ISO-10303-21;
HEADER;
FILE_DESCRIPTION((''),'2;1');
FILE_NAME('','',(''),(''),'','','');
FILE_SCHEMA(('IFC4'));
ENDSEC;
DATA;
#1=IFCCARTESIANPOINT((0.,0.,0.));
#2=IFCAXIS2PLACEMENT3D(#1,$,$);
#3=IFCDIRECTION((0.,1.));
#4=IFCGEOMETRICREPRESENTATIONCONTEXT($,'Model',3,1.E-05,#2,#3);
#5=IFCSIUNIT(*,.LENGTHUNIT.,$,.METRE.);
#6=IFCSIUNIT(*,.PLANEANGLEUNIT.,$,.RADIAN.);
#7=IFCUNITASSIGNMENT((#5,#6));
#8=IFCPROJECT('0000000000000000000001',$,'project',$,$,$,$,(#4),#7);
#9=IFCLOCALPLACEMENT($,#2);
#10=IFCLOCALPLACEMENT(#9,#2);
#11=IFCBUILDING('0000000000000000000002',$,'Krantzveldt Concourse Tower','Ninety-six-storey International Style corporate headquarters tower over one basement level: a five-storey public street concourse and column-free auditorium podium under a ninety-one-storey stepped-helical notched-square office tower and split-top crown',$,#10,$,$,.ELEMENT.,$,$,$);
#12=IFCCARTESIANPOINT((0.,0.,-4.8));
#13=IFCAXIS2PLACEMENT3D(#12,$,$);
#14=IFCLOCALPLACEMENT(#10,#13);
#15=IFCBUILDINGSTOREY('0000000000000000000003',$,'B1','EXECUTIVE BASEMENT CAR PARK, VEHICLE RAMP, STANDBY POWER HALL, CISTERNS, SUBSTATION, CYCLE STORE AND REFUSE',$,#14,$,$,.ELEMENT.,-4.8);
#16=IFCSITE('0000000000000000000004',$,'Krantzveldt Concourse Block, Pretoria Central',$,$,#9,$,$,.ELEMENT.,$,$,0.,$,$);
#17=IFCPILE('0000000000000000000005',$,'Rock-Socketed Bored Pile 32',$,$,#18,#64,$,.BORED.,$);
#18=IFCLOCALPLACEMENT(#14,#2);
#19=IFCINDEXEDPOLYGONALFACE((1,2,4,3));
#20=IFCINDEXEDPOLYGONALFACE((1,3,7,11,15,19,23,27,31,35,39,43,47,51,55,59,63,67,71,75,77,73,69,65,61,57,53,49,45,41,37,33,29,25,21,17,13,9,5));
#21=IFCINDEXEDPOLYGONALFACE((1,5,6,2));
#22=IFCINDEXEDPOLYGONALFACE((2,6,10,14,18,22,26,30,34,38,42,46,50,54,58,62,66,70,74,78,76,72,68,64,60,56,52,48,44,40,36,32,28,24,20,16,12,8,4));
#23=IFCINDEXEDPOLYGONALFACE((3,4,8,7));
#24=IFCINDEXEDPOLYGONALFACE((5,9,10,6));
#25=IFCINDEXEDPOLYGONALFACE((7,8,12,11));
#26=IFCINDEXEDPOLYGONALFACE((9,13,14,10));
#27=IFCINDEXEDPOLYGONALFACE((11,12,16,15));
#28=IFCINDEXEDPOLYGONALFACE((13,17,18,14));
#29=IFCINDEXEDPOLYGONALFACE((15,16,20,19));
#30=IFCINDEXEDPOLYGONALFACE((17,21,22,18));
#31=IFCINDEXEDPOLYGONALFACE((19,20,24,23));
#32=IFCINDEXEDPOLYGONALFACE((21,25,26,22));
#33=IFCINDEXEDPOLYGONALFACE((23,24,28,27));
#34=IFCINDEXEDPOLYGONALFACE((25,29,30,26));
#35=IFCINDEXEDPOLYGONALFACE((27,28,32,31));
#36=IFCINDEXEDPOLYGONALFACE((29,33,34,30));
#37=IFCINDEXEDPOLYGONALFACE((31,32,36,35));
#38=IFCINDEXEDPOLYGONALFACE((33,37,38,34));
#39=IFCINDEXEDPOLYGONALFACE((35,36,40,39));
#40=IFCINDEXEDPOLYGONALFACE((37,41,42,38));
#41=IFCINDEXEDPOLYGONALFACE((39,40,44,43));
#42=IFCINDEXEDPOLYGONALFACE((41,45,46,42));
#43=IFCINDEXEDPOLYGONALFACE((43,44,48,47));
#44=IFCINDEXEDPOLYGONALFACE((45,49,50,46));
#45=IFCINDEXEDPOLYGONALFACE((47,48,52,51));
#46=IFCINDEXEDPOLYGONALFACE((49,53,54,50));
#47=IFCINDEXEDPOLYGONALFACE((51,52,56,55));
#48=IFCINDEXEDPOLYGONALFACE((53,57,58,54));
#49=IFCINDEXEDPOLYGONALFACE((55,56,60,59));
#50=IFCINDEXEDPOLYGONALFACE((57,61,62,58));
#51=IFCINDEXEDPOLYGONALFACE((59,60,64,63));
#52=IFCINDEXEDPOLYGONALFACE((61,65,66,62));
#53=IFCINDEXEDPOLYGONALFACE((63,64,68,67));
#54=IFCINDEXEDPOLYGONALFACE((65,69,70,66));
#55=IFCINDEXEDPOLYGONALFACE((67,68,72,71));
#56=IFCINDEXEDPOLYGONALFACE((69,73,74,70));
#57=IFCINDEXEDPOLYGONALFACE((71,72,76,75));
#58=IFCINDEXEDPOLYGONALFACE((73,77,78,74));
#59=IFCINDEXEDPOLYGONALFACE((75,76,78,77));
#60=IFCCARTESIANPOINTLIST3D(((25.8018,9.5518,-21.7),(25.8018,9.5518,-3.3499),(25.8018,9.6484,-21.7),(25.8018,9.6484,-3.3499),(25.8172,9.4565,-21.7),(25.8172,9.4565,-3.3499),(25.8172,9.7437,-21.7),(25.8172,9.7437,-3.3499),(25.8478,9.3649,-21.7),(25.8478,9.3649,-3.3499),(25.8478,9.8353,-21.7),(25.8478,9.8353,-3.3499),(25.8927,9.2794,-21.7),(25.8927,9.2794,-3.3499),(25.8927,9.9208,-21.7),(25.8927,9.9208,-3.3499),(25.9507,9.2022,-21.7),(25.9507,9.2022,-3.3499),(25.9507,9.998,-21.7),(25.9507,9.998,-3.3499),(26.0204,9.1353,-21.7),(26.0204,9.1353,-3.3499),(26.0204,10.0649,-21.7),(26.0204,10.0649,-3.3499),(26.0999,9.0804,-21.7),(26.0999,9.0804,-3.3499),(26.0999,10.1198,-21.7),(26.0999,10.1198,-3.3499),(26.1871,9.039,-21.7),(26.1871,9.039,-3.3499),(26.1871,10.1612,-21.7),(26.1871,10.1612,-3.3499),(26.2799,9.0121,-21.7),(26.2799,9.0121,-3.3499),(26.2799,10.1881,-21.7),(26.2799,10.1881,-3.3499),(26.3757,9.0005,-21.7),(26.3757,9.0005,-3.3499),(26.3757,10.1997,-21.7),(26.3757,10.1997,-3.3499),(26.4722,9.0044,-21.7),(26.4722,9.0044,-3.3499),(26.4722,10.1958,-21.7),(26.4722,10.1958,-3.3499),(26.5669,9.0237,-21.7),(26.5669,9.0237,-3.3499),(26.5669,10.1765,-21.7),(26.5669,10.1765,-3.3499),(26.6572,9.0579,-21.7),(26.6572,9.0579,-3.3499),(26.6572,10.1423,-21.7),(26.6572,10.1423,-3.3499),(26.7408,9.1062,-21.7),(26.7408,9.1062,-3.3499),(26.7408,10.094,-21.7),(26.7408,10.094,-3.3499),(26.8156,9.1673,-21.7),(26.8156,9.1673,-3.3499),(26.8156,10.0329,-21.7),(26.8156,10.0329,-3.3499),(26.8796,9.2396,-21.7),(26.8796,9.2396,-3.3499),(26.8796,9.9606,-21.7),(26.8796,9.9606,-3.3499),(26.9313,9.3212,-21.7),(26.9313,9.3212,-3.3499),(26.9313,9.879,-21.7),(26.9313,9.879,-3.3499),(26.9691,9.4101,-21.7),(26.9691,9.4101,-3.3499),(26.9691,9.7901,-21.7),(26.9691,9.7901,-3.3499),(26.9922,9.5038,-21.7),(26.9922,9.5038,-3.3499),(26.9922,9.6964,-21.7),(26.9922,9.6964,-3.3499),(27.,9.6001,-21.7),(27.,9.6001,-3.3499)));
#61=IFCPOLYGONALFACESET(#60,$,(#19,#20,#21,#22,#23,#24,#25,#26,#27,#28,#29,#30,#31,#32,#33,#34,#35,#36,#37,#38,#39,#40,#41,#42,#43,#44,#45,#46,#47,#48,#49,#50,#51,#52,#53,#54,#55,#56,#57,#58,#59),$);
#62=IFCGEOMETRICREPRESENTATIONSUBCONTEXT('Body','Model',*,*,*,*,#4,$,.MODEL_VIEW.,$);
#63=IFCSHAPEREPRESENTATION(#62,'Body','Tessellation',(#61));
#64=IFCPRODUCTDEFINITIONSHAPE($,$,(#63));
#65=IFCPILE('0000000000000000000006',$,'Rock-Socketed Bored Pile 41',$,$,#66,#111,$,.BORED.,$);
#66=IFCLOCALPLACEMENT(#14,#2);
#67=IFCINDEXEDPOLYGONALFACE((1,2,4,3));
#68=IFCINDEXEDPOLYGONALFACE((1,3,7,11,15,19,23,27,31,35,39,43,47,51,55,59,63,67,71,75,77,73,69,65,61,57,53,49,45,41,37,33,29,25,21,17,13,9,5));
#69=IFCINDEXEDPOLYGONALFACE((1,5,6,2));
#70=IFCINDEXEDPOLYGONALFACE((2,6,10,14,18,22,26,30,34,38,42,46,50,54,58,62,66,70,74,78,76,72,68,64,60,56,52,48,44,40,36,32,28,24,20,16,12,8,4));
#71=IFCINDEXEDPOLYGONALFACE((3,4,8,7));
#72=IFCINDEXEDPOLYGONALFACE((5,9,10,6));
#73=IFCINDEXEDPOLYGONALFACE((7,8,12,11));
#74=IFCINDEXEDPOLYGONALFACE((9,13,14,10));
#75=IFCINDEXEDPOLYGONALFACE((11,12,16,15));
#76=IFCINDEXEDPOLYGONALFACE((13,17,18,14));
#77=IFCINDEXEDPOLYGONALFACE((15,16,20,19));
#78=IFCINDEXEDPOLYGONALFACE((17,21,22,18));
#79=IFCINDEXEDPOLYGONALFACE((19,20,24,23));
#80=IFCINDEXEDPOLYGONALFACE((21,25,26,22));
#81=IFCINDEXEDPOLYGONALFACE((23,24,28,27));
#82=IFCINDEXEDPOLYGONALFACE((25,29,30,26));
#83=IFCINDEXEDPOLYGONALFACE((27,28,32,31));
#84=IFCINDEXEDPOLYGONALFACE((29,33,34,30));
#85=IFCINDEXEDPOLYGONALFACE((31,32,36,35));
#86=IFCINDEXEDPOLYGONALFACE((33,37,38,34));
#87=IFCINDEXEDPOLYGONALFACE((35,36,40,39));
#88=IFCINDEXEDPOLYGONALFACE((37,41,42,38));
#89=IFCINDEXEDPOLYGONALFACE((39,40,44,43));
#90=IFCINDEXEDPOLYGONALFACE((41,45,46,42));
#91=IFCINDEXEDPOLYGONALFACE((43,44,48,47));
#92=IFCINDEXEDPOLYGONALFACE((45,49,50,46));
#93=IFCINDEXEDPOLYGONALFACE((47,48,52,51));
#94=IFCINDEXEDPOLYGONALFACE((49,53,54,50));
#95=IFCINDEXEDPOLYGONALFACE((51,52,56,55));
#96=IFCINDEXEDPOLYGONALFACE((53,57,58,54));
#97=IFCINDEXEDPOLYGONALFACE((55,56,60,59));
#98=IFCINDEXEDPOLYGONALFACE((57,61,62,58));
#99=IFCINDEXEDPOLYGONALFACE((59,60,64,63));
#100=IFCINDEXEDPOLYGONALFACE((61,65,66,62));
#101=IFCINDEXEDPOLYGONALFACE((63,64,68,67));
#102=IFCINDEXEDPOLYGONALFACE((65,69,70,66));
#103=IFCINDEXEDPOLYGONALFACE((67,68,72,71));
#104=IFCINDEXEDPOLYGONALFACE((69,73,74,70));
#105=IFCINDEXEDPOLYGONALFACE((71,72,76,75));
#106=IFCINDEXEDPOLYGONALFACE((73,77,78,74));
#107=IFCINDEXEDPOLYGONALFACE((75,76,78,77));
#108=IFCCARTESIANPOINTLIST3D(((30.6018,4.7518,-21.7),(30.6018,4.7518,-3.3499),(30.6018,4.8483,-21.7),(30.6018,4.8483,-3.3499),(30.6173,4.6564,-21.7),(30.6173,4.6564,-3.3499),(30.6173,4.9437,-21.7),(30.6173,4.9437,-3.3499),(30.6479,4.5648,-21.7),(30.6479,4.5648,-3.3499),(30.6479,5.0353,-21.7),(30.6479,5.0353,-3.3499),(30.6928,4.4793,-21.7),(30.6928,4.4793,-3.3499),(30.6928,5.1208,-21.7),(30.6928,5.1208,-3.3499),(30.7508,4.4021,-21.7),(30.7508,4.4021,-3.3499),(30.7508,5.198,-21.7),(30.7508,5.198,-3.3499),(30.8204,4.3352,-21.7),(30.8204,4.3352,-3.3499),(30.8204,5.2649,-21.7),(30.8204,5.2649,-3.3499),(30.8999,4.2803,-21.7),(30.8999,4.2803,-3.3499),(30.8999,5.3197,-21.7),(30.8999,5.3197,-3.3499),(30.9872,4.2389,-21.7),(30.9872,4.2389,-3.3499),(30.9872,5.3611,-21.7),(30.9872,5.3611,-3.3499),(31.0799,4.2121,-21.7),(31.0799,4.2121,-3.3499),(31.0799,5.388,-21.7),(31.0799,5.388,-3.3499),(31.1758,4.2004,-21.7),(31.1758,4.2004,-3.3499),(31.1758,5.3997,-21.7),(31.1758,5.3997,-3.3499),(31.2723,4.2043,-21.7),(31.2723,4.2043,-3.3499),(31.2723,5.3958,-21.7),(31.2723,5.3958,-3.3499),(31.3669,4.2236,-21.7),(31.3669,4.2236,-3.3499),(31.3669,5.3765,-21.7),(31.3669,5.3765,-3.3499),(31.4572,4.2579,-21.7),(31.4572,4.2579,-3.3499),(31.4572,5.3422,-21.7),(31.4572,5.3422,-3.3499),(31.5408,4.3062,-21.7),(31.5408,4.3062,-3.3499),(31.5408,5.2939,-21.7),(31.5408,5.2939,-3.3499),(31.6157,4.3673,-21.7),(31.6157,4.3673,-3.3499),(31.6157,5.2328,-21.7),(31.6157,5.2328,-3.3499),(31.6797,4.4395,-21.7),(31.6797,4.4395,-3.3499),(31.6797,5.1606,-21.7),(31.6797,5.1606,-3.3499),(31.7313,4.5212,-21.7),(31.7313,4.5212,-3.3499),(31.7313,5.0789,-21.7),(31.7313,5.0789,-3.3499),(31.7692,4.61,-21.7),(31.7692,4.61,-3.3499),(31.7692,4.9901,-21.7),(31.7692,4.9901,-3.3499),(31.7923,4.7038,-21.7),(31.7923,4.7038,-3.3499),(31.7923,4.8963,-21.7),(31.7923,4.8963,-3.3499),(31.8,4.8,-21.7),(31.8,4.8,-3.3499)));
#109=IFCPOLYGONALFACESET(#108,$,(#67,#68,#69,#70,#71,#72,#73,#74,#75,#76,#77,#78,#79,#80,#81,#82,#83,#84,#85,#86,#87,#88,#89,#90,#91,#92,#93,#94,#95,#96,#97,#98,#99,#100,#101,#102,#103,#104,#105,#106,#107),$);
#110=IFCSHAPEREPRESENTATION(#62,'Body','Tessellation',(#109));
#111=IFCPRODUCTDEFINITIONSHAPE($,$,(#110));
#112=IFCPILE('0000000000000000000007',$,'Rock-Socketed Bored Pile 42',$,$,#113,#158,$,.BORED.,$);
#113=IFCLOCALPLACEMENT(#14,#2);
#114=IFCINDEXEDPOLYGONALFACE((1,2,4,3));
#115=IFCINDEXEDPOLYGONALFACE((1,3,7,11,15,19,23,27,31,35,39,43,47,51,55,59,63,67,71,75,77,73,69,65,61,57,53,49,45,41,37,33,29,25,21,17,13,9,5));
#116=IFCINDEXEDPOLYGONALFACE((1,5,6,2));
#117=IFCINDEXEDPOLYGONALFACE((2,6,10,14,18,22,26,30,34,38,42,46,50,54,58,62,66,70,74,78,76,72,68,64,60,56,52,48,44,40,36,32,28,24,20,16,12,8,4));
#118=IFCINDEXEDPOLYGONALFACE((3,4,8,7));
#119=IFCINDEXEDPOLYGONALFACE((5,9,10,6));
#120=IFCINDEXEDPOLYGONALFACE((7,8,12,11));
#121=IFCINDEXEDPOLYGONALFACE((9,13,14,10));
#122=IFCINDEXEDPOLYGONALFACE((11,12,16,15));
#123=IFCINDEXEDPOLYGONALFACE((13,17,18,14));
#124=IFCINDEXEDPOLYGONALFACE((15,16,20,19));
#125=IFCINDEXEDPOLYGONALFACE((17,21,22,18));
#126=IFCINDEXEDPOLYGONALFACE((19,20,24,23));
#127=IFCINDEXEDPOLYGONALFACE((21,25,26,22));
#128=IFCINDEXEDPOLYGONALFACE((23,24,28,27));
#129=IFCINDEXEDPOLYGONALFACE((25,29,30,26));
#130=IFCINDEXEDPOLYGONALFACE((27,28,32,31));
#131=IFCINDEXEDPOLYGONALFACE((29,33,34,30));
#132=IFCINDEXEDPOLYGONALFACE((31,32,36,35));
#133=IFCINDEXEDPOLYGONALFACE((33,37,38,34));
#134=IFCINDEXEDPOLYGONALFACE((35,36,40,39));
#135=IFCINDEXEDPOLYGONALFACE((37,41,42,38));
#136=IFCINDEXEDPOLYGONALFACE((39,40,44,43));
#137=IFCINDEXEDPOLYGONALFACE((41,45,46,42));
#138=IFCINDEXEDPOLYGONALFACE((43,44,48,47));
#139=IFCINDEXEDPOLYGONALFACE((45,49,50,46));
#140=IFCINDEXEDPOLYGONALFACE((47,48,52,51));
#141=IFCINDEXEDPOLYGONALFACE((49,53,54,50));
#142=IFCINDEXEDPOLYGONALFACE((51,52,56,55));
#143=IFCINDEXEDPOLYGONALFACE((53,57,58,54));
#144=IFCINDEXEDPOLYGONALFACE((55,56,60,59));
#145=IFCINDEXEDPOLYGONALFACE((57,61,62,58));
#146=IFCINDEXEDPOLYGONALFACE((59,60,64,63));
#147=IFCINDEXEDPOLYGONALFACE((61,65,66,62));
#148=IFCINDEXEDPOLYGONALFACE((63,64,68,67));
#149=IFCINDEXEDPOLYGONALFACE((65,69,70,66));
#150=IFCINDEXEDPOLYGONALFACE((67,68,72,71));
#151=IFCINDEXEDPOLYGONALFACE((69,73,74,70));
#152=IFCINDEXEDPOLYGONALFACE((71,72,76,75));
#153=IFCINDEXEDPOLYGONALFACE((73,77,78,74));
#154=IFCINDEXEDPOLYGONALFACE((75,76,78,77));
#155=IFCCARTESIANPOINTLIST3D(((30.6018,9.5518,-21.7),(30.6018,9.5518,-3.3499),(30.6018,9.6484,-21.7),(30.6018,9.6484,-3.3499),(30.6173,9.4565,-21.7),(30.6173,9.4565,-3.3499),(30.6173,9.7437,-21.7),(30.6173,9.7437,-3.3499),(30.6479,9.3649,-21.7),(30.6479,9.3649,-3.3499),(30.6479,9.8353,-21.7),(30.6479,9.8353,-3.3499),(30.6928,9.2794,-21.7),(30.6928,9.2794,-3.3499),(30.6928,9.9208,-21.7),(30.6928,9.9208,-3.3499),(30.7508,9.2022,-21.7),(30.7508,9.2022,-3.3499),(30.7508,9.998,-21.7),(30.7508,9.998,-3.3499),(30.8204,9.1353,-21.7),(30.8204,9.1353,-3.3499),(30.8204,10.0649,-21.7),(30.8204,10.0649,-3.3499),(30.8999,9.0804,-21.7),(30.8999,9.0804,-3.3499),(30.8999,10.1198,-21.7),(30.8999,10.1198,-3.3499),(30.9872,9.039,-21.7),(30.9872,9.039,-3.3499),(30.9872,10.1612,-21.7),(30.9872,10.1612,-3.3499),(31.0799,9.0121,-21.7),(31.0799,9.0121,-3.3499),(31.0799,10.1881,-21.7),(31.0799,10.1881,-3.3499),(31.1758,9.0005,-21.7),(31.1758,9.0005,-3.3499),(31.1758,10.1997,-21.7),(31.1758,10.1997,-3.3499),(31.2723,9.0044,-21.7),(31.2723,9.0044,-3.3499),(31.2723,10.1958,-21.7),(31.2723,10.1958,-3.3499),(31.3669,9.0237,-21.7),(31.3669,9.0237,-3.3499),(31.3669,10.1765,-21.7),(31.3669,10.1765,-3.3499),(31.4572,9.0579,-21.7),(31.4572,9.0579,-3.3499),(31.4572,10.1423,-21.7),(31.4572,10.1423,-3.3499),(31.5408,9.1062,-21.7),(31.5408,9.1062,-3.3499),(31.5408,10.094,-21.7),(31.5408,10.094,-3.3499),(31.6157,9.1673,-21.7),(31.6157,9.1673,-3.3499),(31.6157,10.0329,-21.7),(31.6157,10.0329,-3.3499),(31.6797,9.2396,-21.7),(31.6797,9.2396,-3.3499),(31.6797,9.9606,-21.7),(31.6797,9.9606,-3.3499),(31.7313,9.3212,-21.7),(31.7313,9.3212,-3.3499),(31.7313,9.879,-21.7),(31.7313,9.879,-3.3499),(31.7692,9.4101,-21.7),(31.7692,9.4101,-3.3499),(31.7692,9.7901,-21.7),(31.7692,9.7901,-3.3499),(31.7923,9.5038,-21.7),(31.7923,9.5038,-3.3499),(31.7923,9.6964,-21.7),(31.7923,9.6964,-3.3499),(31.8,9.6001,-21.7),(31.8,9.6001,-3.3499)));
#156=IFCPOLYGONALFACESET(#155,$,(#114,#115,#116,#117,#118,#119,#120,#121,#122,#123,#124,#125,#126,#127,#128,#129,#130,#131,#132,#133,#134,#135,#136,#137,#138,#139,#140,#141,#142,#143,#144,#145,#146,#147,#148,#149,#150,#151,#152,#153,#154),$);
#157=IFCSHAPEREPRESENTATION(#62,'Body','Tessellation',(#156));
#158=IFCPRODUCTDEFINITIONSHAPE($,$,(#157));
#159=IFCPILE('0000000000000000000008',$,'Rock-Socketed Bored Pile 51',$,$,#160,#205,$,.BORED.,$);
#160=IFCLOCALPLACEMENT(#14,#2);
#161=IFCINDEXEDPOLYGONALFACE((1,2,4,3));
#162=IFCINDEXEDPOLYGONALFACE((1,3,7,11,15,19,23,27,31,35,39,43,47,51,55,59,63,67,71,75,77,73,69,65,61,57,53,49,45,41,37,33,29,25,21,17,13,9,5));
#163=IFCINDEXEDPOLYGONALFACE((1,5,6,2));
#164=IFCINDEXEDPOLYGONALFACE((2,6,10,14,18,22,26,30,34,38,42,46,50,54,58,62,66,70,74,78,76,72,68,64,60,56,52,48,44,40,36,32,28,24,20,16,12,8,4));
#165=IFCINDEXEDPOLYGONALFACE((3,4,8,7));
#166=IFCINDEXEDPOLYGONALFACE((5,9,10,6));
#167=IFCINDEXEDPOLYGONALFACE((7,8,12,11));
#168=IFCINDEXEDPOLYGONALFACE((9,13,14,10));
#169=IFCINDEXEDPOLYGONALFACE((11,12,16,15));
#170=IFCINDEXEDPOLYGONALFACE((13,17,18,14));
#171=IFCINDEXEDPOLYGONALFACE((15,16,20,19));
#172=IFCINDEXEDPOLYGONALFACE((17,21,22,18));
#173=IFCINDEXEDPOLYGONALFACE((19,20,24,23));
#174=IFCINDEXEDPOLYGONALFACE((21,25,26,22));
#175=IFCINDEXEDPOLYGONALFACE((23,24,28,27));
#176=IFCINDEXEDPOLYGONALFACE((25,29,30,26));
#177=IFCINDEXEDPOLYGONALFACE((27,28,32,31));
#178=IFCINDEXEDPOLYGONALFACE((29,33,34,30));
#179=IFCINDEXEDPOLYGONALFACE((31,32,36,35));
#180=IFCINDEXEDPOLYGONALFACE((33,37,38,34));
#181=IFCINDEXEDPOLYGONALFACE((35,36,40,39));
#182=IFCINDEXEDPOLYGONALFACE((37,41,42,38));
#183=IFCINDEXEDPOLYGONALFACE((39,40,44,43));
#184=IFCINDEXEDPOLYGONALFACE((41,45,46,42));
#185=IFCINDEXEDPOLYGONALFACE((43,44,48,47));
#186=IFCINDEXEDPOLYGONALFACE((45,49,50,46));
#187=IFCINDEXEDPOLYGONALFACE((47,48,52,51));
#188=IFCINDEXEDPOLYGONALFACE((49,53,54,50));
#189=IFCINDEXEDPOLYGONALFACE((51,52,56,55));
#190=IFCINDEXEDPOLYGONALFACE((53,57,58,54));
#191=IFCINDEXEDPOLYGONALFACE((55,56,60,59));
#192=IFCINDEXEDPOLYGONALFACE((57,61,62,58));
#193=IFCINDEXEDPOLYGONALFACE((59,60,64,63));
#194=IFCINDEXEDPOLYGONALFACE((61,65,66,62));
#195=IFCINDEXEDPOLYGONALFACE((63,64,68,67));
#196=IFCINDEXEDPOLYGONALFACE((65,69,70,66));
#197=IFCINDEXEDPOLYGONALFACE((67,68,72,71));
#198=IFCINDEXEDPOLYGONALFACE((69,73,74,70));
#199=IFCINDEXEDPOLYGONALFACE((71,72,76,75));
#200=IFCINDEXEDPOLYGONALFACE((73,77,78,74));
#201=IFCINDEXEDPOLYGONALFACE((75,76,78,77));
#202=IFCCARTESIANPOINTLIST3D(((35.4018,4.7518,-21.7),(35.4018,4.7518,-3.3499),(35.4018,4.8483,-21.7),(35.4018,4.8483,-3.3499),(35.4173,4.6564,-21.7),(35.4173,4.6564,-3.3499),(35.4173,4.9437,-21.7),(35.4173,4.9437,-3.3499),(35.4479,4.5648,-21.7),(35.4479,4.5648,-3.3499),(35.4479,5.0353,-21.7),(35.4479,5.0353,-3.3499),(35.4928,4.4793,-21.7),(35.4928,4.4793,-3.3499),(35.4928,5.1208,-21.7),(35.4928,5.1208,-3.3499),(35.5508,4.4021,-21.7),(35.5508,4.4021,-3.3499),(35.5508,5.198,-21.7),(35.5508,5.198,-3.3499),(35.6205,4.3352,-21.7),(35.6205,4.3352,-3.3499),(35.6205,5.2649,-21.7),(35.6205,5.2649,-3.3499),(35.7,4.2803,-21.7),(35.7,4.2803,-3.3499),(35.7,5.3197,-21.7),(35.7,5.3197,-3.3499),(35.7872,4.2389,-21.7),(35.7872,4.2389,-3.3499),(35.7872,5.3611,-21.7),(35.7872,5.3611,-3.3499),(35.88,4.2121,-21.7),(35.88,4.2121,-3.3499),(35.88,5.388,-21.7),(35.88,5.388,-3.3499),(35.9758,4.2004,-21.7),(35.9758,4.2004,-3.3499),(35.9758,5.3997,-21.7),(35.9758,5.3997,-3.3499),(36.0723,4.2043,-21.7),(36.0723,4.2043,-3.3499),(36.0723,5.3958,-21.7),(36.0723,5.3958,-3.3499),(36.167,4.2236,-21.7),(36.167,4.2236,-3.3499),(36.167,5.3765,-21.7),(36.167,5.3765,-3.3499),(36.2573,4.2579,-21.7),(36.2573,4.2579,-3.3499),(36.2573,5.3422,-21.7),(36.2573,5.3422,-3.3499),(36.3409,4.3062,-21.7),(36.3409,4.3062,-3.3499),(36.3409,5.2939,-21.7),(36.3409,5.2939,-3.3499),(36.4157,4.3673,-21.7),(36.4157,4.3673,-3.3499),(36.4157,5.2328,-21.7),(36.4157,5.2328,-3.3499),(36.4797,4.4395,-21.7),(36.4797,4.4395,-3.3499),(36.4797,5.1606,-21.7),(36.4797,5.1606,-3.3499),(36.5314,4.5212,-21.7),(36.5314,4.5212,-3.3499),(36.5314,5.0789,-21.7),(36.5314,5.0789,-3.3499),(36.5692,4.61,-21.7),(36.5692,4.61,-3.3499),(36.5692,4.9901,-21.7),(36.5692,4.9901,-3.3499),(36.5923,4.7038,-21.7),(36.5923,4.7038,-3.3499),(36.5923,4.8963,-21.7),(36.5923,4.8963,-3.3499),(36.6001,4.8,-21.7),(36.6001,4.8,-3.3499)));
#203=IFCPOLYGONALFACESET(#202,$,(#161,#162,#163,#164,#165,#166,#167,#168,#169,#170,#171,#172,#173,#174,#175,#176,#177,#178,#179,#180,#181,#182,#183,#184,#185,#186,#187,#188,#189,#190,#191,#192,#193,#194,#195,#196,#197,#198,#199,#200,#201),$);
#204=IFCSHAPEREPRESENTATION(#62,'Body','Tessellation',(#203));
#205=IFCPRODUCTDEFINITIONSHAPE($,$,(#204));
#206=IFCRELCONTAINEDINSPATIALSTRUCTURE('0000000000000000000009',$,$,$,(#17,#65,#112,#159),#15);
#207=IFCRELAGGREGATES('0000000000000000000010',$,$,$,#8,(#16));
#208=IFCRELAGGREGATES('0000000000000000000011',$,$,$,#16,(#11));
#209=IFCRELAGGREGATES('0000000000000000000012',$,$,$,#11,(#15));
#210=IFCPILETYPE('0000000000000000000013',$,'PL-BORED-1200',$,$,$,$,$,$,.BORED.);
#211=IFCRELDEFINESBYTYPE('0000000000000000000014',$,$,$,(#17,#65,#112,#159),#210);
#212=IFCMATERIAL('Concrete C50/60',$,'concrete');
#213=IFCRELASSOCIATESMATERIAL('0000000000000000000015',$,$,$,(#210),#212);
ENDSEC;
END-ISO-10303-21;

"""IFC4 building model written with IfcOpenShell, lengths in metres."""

from ifc_helpers import new_model, si_unit, direction, frame, origin, origin_2d, place, context, subcontext, project, spatial, circle, extrude, source, transform, mapped, material, material_profile, profile_set, type_object, type_shapes, element, save


model = new_model("IFC4")

# Units and contexts
model_context = context("Model", 3, precision=1e-05, world=origin(), true_north=direction((0.0, 1.0)))
body_context = subcontext(model_context, "Body", "Model", "MODEL_VIEW")
ifc_project = project(units=[si_unit("LENGTHUNIT", "METRE"), si_unit("PLANEANGLEUNIT", "RADIAN")], contexts=[model_context])

# Site, building, storey
site_placement = place(None, origin())
site = spatial("IfcSite", under=ifc_project, at=site_placement, Name="Krantzveldt Concourse Block, Pretoria Central", CompositionType="ELEMENT", RefElevation=0.0)
building_placement = place(site_placement, origin())
building = spatial("IfcBuilding", under=site, at=building_placement, Name="Krantzveldt Concourse Tower", Description="Ninety-six-storey International Style corporate headquarters tower over one basement level: a five-storey public street concourse and column-free auditorium podium under a ninety-one-storey stepped-helical notched-square office tower and split-top crown", CompositionType="ELEMENT")
storey_placement = place(building_placement, frame((0.0, 0.0, -4.8)))
storey = spatial("IfcBuildingStorey", under=building, at=storey_placement, Name="B1", Description="EXECUTIVE BASEMENT CAR PARK, VEHICLE RAMP, STANDBY POWER HALL, CISTERNS, SUBSTATION, CYCLE STORE AND REFUSE", CompositionType="ELEMENT", Elevation=-4.8)

# Piles
ifc_material_1 = material(Name="Concrete C50/60", Category="concrete")
ifc_material_profile_1 = material_profile(ifc_material_1, circle(Radius=0.6001, at=origin_2d()), Name="Concrete C50/60", Category="concrete")
ifc_profile_set_1 = profile_set([ifc_material_profile_1], Name="Concrete C50/60 - PILE D1200")
pile_type_1 = type_object("IfcPileType", Name="PL-BORED-1200", PredefinedType="BORED", material=ifc_profile_set_1)
shared_shape_1 = source(origin(), body_context, "Body", "SweptSolid", [
    extrude(circle(Radius=0.6001, at=origin_2d()), origin(), (0.0, 0.0, 1.0), 18.3501),
])
type_shapes(pile_type_1, [shared_shape_1])
for number, where, z_axis, x_axis, name in (
    (1, (26.3999, 9.6001, -3.3499), (0.0, 0.0, -1.0), (1.0, 0.0, 0.0), "Rock-Socketed Bored Pile 32"),
    (2, (31.2, 4.8, -3.3499), (0.0, 0.0, -1.0), (1.0, 0.0, 0.0), "Rock-Socketed Bored Pile 41"),
    (3, (31.2, 9.6001, -3.3499), (0.0, 0.0, -1.0), (1.0, 0.0, 0.0), "Rock-Socketed Bored Pile 42"),
    (4, (36.0, 4.8, -3.3499), (0.0, 0.0, -1.0), (1.0, 0.0, 0.0), "Rock-Socketed Bored Pile 51"),
):
    element("IfcPile", number, at=place(storey_placement, frame(where, z_axis=z_axis, x_axis=x_axis)), inside=storey, type_object=pile_type_1, Name=name, PredefinedType="BORED", context=body_context, shape_type="MappedRepresentation", body=[
        mapped(shared_shape_1, transform((0.0, 0.0, 0.0), x_axis=(1.0, 0.0, 0.0), y_axis=(0.0, 1.0, 0.0), z_axis=(0.0, 0.0, 1.0), scale=1.0)),
    ])

save(model, "model.ifc")
